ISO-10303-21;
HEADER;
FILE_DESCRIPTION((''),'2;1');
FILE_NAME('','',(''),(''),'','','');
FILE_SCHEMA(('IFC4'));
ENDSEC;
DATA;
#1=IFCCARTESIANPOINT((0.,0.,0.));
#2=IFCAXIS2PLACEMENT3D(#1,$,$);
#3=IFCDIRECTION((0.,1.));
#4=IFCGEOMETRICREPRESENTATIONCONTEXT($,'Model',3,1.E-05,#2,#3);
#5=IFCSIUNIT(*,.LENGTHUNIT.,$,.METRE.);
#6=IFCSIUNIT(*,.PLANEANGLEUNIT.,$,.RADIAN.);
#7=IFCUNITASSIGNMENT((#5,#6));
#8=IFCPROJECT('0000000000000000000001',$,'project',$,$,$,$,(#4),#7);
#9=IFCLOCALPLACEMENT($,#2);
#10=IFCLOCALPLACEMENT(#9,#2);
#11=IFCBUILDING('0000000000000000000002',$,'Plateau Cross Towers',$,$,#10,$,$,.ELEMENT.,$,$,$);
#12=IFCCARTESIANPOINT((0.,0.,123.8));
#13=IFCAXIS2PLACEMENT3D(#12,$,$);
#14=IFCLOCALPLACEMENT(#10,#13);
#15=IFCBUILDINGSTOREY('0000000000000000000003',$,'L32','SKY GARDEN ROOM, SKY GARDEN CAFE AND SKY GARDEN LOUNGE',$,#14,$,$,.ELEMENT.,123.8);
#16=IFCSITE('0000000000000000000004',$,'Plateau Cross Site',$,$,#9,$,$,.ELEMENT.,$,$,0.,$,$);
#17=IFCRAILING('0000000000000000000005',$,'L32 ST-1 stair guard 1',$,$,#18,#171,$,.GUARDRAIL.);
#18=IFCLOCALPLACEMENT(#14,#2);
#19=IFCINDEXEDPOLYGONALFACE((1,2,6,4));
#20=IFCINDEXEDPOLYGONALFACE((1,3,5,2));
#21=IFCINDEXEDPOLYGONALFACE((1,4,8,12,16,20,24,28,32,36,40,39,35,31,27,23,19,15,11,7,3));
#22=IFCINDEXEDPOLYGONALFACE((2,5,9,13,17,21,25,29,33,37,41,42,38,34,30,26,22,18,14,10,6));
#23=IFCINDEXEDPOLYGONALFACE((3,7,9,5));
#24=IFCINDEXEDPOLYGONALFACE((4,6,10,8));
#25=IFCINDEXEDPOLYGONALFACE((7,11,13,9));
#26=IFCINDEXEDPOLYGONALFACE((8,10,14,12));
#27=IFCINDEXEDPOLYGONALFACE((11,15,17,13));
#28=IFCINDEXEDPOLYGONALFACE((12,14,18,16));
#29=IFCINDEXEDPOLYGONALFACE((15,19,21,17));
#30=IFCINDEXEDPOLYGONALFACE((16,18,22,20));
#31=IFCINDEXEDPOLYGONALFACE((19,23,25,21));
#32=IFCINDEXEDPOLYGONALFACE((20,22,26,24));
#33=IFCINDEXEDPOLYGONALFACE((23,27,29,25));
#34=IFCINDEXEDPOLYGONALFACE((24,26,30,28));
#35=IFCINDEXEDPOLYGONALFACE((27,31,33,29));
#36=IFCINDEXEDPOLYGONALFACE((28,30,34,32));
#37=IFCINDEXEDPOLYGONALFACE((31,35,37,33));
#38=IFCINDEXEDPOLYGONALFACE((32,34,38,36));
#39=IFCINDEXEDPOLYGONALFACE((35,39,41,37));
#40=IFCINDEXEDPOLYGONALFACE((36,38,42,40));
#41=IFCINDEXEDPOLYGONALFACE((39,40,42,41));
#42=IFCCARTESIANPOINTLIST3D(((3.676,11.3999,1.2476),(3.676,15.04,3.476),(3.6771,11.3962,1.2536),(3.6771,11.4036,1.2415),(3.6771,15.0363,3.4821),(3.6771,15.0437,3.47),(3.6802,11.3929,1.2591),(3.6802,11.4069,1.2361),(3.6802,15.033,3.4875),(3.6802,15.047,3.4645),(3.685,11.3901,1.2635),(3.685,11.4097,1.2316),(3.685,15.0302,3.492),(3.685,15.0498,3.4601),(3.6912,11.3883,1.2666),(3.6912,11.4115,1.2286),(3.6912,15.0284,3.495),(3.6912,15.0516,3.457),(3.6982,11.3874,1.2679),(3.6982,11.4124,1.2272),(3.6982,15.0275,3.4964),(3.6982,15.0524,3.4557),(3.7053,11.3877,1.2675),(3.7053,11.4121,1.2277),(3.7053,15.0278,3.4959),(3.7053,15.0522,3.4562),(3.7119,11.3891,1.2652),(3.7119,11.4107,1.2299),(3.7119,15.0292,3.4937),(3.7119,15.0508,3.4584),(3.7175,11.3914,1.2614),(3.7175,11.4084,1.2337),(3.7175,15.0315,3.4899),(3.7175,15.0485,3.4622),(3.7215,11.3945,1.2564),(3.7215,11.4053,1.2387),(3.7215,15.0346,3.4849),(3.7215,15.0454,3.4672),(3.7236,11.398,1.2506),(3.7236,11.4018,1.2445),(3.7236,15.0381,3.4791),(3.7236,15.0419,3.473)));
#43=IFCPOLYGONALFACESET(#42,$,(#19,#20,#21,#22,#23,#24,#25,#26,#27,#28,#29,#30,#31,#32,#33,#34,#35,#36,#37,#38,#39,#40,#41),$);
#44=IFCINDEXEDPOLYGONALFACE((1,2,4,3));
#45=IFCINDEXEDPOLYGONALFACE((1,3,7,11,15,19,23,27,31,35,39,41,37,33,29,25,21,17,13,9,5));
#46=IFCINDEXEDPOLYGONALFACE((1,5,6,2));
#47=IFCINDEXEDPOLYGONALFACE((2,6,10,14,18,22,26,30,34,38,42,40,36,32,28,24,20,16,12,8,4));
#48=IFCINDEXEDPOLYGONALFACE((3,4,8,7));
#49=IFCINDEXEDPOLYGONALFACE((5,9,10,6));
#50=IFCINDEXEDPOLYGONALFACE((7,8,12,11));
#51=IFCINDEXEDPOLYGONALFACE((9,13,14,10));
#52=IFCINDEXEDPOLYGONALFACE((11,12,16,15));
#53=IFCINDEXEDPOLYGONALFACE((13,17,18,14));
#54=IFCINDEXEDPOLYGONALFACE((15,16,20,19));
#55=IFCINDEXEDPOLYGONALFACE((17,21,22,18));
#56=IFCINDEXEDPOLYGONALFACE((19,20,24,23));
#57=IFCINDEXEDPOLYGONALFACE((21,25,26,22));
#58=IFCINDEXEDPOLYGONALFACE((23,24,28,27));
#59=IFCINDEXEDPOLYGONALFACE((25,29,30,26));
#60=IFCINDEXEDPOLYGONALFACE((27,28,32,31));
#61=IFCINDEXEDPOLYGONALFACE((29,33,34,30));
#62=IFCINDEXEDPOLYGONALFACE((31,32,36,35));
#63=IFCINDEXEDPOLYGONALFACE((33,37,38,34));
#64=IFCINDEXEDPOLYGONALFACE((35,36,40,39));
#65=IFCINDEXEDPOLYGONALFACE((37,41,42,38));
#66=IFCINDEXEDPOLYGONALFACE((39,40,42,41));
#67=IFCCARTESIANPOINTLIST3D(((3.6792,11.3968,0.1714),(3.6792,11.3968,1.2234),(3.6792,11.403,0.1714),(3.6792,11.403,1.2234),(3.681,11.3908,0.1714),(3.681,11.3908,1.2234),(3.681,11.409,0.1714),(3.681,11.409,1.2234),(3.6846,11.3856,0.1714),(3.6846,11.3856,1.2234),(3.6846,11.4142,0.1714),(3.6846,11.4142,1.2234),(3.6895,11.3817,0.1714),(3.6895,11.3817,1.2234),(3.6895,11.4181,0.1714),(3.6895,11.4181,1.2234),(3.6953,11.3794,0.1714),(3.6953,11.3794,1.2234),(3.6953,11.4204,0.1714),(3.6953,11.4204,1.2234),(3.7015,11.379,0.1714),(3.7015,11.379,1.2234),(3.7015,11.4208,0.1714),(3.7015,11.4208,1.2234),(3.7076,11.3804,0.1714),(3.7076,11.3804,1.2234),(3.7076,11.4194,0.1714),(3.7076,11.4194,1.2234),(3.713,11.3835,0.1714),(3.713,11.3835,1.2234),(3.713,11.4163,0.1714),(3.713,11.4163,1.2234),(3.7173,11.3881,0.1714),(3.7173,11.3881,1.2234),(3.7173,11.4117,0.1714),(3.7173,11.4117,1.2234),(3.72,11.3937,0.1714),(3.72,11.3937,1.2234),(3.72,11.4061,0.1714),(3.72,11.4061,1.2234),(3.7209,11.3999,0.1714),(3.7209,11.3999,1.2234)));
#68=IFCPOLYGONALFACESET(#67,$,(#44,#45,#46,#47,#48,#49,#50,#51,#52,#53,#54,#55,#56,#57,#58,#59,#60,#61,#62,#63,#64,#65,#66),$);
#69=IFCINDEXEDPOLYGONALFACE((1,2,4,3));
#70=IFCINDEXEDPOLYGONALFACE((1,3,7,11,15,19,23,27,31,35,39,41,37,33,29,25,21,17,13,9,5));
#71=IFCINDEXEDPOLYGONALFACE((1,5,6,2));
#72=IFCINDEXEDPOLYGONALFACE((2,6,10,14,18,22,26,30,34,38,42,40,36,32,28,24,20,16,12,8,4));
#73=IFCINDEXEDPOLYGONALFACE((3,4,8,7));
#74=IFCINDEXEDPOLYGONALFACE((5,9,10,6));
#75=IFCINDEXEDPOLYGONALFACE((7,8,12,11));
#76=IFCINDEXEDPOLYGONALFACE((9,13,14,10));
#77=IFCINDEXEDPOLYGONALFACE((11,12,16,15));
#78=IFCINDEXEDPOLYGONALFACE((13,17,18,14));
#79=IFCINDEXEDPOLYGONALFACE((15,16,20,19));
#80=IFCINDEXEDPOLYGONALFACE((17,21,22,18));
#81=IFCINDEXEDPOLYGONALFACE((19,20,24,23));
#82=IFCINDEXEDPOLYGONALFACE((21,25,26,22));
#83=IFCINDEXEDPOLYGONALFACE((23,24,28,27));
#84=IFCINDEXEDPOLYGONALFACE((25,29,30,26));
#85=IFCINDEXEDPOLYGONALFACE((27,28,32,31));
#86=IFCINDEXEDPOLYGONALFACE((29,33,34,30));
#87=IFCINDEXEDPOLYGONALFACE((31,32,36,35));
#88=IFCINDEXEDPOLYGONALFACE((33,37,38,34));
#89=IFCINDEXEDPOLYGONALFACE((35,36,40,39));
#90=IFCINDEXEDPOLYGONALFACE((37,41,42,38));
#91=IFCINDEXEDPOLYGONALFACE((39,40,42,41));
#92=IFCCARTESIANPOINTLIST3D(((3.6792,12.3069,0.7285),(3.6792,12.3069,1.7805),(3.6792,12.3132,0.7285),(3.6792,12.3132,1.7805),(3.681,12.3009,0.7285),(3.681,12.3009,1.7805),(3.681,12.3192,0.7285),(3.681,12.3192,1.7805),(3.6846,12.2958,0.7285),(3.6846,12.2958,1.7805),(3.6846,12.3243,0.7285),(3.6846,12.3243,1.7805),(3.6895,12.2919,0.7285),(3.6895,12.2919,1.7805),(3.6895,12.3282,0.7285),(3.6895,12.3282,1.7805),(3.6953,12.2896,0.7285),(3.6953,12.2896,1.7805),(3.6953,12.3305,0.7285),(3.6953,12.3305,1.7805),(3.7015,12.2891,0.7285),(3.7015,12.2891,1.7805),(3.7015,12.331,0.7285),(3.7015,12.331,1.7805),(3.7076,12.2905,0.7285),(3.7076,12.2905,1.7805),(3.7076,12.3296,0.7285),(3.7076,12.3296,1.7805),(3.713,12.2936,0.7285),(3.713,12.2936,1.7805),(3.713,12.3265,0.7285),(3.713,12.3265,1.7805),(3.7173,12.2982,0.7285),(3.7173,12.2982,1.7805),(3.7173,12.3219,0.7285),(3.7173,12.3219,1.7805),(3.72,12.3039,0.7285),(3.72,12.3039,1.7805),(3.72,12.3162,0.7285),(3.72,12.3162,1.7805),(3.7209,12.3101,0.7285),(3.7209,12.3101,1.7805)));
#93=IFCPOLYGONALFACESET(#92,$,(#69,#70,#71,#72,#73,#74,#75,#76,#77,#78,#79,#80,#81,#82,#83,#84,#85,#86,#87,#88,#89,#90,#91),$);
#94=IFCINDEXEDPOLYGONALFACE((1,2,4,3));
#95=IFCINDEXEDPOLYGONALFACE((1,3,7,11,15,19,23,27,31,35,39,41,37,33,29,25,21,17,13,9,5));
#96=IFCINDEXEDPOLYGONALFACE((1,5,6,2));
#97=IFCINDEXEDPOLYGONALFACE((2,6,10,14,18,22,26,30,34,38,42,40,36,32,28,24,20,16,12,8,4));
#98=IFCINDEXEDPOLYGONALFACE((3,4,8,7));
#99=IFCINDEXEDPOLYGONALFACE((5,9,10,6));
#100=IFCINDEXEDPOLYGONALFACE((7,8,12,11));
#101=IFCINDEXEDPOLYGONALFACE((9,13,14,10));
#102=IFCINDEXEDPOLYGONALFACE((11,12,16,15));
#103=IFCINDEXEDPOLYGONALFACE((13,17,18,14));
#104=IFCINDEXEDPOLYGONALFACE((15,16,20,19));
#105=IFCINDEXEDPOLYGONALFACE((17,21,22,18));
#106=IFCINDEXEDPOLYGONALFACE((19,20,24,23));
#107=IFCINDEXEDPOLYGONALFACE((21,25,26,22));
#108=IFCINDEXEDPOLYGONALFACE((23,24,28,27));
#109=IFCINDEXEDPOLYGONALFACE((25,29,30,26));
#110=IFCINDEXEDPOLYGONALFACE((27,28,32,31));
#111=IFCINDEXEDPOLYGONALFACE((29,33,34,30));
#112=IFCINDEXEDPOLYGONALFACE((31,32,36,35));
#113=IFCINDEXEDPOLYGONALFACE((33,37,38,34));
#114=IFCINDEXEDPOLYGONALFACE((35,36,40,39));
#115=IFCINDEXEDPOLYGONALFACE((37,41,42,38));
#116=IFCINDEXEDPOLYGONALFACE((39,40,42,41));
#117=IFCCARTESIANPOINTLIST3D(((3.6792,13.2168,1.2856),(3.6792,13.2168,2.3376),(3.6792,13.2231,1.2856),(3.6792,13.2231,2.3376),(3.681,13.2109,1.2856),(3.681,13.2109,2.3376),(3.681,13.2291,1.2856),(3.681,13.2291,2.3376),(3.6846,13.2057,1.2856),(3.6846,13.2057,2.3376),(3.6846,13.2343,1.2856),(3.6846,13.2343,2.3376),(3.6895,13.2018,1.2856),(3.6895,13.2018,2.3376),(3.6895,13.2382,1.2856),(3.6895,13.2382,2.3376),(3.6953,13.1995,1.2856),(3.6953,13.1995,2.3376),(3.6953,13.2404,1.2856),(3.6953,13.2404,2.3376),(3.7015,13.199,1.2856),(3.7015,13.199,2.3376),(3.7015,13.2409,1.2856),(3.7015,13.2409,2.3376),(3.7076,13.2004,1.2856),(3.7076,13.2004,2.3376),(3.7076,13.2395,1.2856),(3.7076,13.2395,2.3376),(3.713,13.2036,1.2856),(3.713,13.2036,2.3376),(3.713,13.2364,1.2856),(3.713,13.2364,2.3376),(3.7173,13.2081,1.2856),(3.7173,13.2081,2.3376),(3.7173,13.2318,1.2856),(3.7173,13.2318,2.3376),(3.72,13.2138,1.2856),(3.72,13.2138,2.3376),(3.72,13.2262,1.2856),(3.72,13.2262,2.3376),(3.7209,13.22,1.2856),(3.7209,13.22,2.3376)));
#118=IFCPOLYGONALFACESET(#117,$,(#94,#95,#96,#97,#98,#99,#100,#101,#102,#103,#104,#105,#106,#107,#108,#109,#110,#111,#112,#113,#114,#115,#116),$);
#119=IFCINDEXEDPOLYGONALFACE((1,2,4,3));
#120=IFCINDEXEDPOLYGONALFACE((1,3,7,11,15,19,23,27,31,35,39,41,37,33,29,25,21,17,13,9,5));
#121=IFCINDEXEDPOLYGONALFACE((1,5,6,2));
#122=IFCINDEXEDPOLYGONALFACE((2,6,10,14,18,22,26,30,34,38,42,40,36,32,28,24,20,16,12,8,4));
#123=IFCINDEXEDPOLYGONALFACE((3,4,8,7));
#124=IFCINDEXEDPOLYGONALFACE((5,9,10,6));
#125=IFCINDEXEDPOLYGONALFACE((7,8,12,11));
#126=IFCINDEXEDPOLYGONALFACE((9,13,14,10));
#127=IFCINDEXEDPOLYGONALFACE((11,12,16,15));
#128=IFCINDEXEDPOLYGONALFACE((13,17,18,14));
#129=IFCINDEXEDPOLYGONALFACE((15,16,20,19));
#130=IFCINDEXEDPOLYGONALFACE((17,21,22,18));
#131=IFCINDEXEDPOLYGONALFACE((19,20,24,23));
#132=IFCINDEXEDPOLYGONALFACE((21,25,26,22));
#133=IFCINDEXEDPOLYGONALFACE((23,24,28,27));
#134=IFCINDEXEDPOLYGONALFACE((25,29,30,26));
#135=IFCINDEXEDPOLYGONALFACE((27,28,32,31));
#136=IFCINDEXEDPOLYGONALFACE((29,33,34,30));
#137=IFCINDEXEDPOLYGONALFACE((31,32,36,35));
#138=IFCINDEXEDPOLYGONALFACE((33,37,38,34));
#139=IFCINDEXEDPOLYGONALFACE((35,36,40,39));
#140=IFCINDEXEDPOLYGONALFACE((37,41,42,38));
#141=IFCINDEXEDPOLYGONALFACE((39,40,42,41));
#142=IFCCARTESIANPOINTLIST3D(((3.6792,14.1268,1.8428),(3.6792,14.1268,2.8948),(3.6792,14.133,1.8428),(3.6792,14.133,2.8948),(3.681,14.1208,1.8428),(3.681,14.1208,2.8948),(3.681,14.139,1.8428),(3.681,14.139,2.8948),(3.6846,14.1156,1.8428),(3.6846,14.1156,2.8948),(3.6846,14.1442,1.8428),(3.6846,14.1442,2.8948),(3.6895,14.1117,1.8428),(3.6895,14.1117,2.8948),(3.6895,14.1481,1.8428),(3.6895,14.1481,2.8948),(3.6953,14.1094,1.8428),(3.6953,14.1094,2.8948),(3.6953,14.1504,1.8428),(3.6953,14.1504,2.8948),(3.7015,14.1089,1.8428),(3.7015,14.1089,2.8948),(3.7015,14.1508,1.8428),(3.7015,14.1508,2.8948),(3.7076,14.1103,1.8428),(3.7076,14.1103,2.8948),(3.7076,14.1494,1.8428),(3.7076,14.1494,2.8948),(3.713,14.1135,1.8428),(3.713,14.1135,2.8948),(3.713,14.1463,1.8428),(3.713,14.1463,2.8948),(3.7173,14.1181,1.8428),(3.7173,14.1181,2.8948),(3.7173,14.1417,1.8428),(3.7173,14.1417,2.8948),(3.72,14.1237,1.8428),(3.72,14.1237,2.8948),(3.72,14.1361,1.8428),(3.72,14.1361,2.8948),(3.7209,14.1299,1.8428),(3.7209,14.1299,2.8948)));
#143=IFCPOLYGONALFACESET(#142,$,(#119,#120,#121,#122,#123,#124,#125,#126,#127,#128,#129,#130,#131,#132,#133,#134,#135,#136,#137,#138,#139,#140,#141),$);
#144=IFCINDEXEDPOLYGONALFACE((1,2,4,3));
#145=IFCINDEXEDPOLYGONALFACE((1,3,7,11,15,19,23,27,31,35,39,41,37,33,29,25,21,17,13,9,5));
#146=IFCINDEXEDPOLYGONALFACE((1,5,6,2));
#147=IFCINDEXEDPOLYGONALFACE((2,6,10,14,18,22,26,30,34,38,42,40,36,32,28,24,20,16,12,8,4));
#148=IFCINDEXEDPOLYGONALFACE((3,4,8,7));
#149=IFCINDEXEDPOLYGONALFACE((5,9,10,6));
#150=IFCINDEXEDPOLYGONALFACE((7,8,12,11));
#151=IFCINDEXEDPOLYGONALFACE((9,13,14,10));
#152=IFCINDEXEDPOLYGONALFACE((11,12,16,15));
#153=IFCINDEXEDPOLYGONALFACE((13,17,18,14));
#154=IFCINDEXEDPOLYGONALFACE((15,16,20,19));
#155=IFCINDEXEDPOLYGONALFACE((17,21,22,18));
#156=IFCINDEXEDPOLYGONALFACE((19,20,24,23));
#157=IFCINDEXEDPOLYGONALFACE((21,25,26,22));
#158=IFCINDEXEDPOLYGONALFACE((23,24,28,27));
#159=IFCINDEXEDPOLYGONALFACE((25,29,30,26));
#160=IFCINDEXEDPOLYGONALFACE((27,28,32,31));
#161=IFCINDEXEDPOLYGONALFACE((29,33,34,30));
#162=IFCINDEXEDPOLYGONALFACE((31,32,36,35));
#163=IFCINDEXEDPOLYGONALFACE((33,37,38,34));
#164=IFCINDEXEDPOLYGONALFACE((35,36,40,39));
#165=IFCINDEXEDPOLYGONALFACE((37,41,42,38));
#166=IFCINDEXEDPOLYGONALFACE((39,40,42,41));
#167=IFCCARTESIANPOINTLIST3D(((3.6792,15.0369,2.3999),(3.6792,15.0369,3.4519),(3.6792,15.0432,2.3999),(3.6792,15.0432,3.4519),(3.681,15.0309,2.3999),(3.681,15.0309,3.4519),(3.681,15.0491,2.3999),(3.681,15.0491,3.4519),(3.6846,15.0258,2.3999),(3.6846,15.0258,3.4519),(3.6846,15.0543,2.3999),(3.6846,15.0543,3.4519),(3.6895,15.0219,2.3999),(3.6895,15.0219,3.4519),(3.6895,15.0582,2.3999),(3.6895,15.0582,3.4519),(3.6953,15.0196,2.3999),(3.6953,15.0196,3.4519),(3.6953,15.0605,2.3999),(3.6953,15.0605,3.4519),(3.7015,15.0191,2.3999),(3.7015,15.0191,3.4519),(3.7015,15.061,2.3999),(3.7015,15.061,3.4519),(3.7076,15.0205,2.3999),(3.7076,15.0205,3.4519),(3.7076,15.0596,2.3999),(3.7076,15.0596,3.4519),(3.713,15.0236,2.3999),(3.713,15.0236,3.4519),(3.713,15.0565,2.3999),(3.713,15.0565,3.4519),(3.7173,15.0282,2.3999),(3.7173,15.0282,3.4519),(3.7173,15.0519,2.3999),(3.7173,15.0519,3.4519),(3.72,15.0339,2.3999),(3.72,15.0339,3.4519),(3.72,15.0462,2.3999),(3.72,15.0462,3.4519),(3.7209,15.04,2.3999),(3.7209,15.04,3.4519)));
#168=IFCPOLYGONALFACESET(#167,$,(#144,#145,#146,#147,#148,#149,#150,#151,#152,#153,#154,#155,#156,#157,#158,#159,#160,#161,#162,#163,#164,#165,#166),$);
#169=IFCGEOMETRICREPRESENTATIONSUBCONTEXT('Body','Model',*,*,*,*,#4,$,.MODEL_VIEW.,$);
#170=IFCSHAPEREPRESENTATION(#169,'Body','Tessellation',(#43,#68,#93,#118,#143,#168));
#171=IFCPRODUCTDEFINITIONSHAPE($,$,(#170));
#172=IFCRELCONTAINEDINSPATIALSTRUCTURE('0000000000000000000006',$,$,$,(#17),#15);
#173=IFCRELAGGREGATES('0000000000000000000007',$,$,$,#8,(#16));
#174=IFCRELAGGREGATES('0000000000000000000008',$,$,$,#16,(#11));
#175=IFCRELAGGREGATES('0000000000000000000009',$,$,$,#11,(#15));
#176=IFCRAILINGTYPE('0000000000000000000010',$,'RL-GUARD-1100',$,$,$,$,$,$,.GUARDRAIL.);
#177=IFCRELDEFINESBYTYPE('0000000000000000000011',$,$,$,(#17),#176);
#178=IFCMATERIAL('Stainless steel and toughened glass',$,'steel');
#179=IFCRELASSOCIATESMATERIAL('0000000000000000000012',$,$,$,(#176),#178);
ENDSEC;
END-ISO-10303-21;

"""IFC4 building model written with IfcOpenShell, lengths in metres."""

from ifc_helpers import new_model, si_unit, direction, frame, origin, origin_2d, place, context, subcontext, project, spatial, circle, extrude, material, type_object, element, save


model = new_model("IFC4")

# Units and contexts
model_context = context("Model", 3, precision=1e-05, world=origin(), true_north=direction((0.0, 1.0)))
body_context = subcontext(model_context, "Body", "Model", "MODEL_VIEW")
ifc_project = project(units=[si_unit("LENGTHUNIT", "METRE"), si_unit("PLANEANGLEUNIT", "RADIAN")], contexts=[model_context])

# Site, building, storey
site_placement = place(None, origin())
site = spatial("IfcSite", under=ifc_project, at=site_placement, Name="Plateau Cross Site", CompositionType="ELEMENT", RefElevation=0.0)
building_placement = place(site_placement, origin())
building = spatial("IfcBuilding", under=site, at=building_placement, Name="Plateau Cross Towers", CompositionType="ELEMENT")
storey_placement = place(building_placement, frame((0.0, 0.0, 123.8)))
storey = spatial("IfcBuildingStorey", under=building, at=storey_placement, Name="L32", Description="SKY GARDEN ROOM, SKY GARDEN CAFE AND SKY GARDEN LOUNGE", CompositionType="ELEMENT", Elevation=123.8)

# Railing
ifc_material_1 = material(Name="Stainless steel and toughened glass", Category="steel")
railing_type_1 = type_object("IfcRailingType", Name="RL-GUARD-1100", PredefinedType="GUARDRAIL", material=ifc_material_1)
railing_1_placement = place(storey_placement, frame((3.7, 11.3999, 0.1714)))
element("IfcRailing", 1, at=railing_1_placement, inside=storey, type_object=railing_type_1, Name="L32 ST-1 stair guard 1", PredefinedType="GUARDRAIL", context=body_context, shape_type="SweptSolid", body=[
    extrude(circle(Radius=0.0239, at=origin_2d()), frame((0.0, 0.0, 1.0762), z_axis=(0.0, 0.852866, 0.52213), x_axis=(-1.0, 0.0, 0.0)), (0.0, 0.0, 1.0), 4.2681),
    extrude(circle(Radius=0.021, at=origin_2d()), origin(), (0.0, 0.0, 1.0), 1.052),
    extrude(circle(Radius=0.021, at=origin_2d()), frame((0.0, 0.9102, 0.5571)), (0.0, 0.0, 1.0), 1.052),
    extrude(circle(Radius=0.021, at=origin_2d()), frame((0.0, 1.8201, 1.1143)), (0.0, 0.0, 1.0), 1.052),
    extrude(circle(Radius=0.021, at=origin_2d()), frame((0.0, 2.73, 1.6714)), (0.0, 0.0, 1.0), 1.052),
    extrude(circle(Radius=0.021, at=origin_2d()), frame((0.0, 3.6401, 2.2285)), (0.0, 0.0, 1.0), 1.052),
])

save(model, "model.ifc")
